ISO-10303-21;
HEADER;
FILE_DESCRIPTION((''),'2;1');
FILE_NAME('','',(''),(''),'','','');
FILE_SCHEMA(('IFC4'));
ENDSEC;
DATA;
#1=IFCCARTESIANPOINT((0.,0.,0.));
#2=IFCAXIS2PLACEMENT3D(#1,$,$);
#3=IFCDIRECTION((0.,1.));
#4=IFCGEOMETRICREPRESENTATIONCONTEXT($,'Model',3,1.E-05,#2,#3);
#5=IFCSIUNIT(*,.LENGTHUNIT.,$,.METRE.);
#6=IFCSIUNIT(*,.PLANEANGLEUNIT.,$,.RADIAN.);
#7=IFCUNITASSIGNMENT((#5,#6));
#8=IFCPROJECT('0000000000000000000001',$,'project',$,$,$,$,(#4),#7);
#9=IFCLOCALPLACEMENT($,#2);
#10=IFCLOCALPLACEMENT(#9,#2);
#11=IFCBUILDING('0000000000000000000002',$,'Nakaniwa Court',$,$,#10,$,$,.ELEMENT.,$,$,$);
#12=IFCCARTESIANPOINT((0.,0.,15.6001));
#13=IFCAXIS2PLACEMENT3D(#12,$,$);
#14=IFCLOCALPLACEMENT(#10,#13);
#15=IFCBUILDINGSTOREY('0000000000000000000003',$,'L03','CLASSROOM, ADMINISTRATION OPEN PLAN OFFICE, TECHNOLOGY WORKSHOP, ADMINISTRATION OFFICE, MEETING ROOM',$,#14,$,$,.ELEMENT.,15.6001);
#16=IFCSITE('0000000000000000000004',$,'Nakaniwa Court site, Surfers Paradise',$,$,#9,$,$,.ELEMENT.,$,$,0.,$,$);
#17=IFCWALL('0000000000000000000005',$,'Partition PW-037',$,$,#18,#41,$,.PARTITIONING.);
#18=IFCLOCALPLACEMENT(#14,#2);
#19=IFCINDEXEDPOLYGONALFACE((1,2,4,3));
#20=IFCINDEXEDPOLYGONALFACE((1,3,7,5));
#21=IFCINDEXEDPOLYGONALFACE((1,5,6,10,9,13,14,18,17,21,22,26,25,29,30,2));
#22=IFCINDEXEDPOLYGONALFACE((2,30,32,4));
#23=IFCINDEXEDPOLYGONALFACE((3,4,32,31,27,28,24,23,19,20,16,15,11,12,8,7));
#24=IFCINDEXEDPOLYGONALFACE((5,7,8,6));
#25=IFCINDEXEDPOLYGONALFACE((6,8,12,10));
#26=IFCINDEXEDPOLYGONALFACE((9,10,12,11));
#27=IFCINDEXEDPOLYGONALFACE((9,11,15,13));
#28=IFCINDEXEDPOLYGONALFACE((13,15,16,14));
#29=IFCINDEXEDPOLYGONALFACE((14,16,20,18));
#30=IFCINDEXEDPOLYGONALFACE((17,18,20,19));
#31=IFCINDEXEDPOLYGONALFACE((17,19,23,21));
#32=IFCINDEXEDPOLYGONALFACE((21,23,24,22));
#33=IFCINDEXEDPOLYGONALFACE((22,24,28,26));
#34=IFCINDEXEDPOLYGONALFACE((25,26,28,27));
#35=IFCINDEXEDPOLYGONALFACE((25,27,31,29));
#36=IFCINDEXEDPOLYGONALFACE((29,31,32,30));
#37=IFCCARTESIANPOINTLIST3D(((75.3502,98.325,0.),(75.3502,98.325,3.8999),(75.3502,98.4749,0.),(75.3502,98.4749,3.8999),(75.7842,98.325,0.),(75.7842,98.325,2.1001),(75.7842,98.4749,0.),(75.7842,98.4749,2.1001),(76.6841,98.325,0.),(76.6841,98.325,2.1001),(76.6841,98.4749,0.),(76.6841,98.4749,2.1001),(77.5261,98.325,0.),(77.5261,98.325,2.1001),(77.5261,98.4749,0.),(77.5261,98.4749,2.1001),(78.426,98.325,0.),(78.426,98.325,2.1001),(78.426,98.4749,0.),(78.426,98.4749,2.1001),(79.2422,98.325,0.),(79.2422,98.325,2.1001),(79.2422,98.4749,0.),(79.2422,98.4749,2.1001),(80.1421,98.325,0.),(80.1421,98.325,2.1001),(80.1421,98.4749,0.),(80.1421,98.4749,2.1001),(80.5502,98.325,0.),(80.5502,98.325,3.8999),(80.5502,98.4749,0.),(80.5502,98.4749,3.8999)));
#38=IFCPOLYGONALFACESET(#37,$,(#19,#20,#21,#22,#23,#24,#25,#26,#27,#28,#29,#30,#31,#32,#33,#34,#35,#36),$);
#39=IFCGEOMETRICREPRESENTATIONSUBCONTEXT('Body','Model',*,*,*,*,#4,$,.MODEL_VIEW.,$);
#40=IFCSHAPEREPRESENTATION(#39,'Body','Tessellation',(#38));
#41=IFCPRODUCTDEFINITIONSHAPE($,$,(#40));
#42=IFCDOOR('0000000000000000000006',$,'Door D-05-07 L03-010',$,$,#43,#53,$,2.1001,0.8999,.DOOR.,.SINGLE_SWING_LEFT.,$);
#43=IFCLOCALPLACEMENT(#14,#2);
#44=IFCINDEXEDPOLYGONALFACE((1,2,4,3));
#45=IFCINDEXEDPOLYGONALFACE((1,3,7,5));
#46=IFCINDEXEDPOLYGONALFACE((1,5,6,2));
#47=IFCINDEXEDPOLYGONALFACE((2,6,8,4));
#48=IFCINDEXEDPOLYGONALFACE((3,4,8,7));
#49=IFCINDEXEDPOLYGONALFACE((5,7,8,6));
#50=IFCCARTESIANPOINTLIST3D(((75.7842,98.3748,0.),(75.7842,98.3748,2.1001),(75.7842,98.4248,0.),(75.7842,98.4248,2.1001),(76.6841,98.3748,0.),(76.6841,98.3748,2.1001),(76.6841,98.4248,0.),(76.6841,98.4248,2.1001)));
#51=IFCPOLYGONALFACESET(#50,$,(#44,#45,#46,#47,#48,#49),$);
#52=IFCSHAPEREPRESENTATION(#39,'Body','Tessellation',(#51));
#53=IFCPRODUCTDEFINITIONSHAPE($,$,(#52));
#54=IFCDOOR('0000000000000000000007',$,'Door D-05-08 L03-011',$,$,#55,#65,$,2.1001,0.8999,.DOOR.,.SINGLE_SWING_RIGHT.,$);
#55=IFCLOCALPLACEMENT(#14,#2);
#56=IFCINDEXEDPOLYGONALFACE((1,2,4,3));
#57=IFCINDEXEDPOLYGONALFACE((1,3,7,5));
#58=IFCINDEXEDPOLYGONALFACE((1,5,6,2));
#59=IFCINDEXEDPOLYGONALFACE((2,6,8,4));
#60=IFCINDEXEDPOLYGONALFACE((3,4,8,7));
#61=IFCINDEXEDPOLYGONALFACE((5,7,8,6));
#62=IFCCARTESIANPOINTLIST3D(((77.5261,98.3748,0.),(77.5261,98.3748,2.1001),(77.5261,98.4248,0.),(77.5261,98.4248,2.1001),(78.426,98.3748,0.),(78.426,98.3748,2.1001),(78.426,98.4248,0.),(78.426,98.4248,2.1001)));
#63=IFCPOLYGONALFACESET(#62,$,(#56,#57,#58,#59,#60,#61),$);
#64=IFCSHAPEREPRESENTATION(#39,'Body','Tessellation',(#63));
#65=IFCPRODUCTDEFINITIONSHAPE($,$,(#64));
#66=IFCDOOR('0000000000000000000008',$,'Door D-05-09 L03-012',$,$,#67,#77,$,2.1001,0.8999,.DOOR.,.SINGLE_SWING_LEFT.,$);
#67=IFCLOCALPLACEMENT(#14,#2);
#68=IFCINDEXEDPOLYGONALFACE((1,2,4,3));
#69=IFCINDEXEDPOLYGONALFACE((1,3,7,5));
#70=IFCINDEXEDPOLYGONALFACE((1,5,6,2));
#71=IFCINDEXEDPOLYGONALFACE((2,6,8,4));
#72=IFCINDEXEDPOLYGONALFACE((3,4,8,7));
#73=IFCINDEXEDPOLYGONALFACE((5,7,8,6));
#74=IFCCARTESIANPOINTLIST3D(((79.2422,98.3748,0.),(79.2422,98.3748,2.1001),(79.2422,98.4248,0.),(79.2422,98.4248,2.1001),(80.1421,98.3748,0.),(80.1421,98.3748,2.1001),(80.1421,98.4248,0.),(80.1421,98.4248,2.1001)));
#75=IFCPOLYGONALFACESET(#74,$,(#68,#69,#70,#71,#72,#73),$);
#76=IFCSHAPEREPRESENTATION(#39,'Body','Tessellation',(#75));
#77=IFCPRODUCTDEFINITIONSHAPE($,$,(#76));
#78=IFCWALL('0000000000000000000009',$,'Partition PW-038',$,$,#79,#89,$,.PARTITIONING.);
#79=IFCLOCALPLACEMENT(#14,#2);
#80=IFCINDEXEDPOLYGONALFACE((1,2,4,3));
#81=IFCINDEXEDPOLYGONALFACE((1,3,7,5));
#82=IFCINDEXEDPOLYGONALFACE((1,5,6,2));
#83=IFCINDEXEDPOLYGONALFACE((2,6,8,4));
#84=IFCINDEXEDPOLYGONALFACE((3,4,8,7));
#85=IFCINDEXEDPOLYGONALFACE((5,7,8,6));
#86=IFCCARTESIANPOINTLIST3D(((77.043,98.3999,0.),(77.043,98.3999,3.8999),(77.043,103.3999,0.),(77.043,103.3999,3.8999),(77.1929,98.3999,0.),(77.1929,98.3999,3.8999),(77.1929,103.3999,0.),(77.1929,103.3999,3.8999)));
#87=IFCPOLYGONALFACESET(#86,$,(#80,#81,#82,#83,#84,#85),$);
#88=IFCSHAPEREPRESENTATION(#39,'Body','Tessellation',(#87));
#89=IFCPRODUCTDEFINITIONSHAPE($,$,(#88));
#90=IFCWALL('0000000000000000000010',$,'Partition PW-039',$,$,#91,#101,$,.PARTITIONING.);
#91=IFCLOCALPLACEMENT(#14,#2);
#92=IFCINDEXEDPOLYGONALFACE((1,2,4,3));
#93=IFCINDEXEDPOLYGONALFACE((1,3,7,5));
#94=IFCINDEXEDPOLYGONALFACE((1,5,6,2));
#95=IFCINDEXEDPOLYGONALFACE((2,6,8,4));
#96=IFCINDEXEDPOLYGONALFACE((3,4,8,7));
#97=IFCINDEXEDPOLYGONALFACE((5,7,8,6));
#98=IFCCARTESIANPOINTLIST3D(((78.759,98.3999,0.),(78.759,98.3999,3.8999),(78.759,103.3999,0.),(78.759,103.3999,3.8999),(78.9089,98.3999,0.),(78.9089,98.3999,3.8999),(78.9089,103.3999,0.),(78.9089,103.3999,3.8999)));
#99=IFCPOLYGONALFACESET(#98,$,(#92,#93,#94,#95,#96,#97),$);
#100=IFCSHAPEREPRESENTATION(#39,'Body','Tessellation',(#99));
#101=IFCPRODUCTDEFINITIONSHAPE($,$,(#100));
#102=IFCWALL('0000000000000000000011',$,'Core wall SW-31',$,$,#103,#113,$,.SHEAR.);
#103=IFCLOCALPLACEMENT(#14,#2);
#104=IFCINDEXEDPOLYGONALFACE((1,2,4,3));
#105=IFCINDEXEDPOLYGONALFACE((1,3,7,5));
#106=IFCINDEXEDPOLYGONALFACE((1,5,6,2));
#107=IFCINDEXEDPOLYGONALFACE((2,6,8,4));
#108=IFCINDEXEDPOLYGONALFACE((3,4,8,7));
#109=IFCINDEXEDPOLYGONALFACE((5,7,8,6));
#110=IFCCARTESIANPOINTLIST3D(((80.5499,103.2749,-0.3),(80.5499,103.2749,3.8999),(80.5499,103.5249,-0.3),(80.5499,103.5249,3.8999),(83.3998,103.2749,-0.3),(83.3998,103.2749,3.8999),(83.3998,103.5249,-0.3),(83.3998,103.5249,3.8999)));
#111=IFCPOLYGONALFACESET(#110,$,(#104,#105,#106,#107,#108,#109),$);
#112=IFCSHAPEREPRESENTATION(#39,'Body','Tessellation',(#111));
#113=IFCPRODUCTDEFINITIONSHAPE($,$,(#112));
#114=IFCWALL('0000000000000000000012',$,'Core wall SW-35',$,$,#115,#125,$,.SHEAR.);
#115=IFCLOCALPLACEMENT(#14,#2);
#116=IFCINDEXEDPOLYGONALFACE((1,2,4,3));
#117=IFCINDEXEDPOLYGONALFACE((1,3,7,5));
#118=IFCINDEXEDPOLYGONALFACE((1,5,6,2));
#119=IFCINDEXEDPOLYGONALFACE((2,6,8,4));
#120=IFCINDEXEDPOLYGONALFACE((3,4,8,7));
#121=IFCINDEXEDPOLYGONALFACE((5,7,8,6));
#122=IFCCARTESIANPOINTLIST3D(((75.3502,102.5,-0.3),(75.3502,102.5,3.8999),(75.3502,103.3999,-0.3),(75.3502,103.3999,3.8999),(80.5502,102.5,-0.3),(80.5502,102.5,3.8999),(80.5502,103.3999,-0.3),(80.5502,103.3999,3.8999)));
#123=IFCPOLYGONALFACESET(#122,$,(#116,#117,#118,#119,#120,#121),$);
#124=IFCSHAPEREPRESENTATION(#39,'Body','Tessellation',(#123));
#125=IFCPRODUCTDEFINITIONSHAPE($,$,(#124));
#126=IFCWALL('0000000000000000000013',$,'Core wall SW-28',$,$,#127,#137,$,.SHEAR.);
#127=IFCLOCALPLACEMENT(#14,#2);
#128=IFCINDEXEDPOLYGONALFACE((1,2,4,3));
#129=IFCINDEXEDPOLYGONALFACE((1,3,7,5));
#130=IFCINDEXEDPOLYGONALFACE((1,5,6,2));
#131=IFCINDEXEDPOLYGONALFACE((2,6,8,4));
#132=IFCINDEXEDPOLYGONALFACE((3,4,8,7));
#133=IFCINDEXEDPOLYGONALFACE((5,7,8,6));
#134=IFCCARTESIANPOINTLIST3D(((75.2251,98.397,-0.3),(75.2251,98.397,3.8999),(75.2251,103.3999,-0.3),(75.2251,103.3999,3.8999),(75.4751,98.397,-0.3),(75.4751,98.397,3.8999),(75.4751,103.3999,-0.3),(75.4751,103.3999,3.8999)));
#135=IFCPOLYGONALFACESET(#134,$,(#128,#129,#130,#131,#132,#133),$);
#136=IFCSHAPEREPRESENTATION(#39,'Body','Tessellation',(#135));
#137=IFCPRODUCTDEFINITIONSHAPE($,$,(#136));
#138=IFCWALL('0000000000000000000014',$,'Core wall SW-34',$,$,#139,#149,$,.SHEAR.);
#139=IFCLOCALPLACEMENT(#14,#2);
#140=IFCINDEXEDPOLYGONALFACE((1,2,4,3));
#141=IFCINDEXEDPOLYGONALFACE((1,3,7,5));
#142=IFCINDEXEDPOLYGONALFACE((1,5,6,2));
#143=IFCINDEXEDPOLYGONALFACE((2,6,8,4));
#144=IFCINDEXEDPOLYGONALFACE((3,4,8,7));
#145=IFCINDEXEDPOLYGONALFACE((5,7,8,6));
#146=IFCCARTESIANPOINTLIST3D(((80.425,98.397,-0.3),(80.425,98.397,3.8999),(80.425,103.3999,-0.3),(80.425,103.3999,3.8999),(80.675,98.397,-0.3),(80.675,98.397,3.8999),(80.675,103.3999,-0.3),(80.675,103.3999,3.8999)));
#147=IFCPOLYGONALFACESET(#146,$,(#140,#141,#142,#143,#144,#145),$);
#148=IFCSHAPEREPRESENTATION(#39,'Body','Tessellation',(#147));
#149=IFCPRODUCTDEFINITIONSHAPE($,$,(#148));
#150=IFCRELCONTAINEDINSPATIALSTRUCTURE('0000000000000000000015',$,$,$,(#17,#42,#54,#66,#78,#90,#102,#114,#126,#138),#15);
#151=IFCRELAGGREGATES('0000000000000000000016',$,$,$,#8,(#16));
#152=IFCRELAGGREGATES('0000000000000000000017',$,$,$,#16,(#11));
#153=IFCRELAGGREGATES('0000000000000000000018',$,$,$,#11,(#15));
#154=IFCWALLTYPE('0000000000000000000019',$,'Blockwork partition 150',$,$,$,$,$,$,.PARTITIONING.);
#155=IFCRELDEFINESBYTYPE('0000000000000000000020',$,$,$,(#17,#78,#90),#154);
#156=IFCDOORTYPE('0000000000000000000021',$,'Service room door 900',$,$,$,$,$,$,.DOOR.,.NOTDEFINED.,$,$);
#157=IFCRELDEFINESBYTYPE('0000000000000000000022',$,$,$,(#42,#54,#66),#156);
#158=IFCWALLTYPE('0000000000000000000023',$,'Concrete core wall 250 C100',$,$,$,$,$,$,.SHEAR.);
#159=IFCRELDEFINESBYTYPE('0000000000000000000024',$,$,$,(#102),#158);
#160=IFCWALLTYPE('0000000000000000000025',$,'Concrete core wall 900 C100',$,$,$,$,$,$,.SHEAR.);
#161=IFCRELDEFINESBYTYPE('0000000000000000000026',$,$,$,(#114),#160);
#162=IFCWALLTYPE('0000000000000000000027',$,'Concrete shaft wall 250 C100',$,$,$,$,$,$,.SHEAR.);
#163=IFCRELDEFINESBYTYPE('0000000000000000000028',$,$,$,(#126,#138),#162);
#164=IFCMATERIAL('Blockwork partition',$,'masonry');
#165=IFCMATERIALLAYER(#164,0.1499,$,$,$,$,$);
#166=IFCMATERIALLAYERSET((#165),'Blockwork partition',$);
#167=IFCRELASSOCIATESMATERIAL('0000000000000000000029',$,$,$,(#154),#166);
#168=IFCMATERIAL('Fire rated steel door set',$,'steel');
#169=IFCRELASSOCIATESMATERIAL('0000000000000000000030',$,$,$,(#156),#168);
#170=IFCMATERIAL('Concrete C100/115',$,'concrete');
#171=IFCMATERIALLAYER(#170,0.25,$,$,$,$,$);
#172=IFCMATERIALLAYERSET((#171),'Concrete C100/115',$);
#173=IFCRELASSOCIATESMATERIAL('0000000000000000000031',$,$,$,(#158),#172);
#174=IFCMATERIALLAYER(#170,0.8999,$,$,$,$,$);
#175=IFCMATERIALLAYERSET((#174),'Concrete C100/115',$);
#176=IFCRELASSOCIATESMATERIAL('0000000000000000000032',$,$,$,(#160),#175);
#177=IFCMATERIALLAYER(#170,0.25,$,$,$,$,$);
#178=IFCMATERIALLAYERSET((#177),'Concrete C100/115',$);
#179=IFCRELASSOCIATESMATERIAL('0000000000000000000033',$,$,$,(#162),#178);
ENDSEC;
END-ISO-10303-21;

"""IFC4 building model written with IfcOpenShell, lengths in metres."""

from ifc_helpers import new_model, si_unit, direction, frame, frame_2d, origin, place, context, subcontext, project, spatial, rectangle, extrude, material, layer, layer_set, type_object, element, fill, save


model = new_model("IFC4")

# Units and contexts
model_context = context("Model", 3, precision=1e-05, world=origin(), true_north=direction((0.0, 1.0)))
body_context = subcontext(model_context, "Body", "Model", "MODEL_VIEW")
ifc_project = project(units=[si_unit("LENGTHUNIT", "METRE"), si_unit("PLANEANGLEUNIT", "RADIAN")], contexts=[model_context])

# Site, building, storey
site_placement = place(None, origin())
site = spatial("IfcSite", under=ifc_project, at=site_placement, Name="Nakaniwa Court site, Surfers Paradise", CompositionType="ELEMENT", RefElevation=0.0)
building_placement = place(site_placement, origin())
building = spatial("IfcBuilding", under=site, at=building_placement, Name="Nakaniwa Court", CompositionType="ELEMENT")
storey_placement = place(building_placement, frame((0.0, 0.0, 15.6001)))
storey = spatial("IfcBuildingStorey", under=building, at=storey_placement, Name="L03", Description="CLASSROOM, ADMINISTRATION OPEN PLAN OFFICE, TECHNOLOGY WORKSHOP, ADMINISTRATION OFFICE, MEETING ROOM", CompositionType="ELEMENT", Elevation=15.6001)

# Shared definitions
ifc_material_1 = material(Name="Concrete C100/115", Category="concrete")

# Wall, openings, doors
ifc_material_2 = material(Name="Blockwork partition", Category="masonry")
ifc_layer_1 = layer(ifc_material_2, 0.1499)
ifc_layer_set_1 = layer_set([ifc_layer_1], Name="Blockwork partition")
wall_type_1 = type_object("IfcWallType", Name="Blockwork partition 150", PredefinedType="PARTITIONING", material=ifc_layer_set_1)
wall_1_placement = place(storey_placement, frame((75.3501, 98.3999, 0.0), z_axis=(0.0, 0.0, 1.0), x_axis=(1.0, 0.0, 0.0)))
wall_1 = element("IfcWall", 1, at=wall_1_placement, inside=storey, type_object=wall_type_1, Name="Partition PW-037", PredefinedType="PARTITIONING", context=body_context, shape_type="SweptSolid", body=[
    extrude(rectangle(XDim=5.2, YDim=0.1499, at=frame_2d((2.6001, 0.0))), origin(), (0.0, 0.0, 1.0), 3.8999),
])
opening_1_placement = place(wall_1_placement, frame((0.4341, 0.0, 0.0)))
opening_1 = element("IfcOpeningElement", 2, at=opening_1_placement, cuts=wall_1, PredefinedType="OPENING", context=body_context, shape_type="SweptSolid", body=[
    extrude(rectangle(XDim=0.8999, YDim=2.1001, at=frame_2d((0.45, 1.05))), frame((0.0, 0.085, 0.0), z_axis=(0.0, -1.0, 0.0), x_axis=(1.0, 0.0, 0.0)), (0.0, 0.0, 1.0), 0.1699),
])
opening_2_placement = place(wall_1_placement, frame((2.176, 0.0, 0.0)))
opening_2 = element("IfcOpeningElement", 3, at=opening_2_placement, cuts=wall_1, PredefinedType="OPENING", context=body_context, shape_type="SweptSolid", body=[
    extrude(rectangle(XDim=0.8999, YDim=2.1001, at=frame_2d((0.45, 1.05))), frame((0.0, 0.085, 0.0), z_axis=(0.0, -1.0, 0.0), x_axis=(1.0, 0.0, 0.0)), (0.0, 0.0, 1.0), 0.1699),
])
opening_3_placement = place(wall_1_placement, frame((3.8921, 0.0, 0.0)))
opening_3 = element("IfcOpeningElement", 4, at=opening_3_placement, cuts=wall_1, PredefinedType="OPENING", context=body_context, shape_type="SweptSolid", body=[
    extrude(rectangle(XDim=0.8999, YDim=2.1001, at=frame_2d((0.45, 1.05))), frame((0.0, 0.085, 0.0), z_axis=(0.0, -1.0, 0.0), x_axis=(1.0, 0.0, 0.0)), (0.0, 0.0, 1.0), 0.1699),
])
ifc_material_3 = material(Name="Fire rated steel door set", Category="steel")
door_type = type_object("IfcDoorType", Name="Service room door 900", OperationType="NOTDEFINED", PredefinedType="DOOR", material=ifc_material_3)
door_1_placement = place(opening_1_placement, origin())
door_1 = element("IfcDoor", 5, at=door_1_placement, inside=storey, type_object=door_type, Name="Door D-05-07 L03-010", OperationType="SINGLE_SWING_LEFT", OverallHeight=2.1001, OverallWidth=0.8999, PredefinedType="DOOR", context=body_context, shape_type="SweptSolid", body=[
    extrude(rectangle(XDim=0.8999, YDim=2.1001, at=frame_2d((0.45, 1.05))), frame((0.0, 0.0249, 0.0), z_axis=(0.0, -1.0, 0.0), x_axis=(1.0, 0.0, 0.0)), (0.0, 0.0, 1.0), 0.05),
])
fill(opening_1, door_1)
door_2_placement = place(opening_2_placement, origin())
door_2 = element("IfcDoor", 6, at=door_2_placement, inside=storey, type_object=door_type, Name="Door D-05-08 L03-011", OperationType="SINGLE_SWING_RIGHT", OverallHeight=2.1001, OverallWidth=0.8999, PredefinedType="DOOR", context=body_context, shape_type="SweptSolid", body=[
    extrude(rectangle(XDim=0.8999, YDim=2.1001, at=frame_2d((0.45, 1.05))), frame((0.0, 0.0249, 0.0), z_axis=(0.0, -1.0, 0.0), x_axis=(1.0, 0.0, 0.0)), (0.0, 0.0, 1.0), 0.05),
])
fill(opening_2, door_2)
door_3_placement = place(opening_3_placement, origin())
door_3 = element("IfcDoor", 7, at=door_3_placement, inside=storey, type_object=door_type, Name="Door D-05-09 L03-012", OperationType="SINGLE_SWING_LEFT", OverallHeight=2.1001, OverallWidth=0.8999, PredefinedType="DOOR", context=body_context, shape_type="SweptSolid", body=[
    extrude(rectangle(XDim=0.8999, YDim=2.1001, at=frame_2d((0.45, 1.05))), frame((0.0, 0.0249, 0.0), z_axis=(0.0, -1.0, 0.0), x_axis=(1.0, 0.0, 0.0)), (0.0, 0.0, 1.0), 0.05),
])
fill(opening_3, door_3)

# Walls
for number, where, z_axis, x_axis, name in (
    (8, (77.1179, 98.3999, 0.0), (0.0, 0.0, 1.0), (0.0, 1.0, 0.0), "Partition PW-038"),
    (9, (78.834, 98.3999, 0.0), (0.0, 0.0, 1.0), (0.0, 1.0, 0.0), "Partition PW-039"),
):
    element("IfcWall", number, at=place(storey_placement, frame(where, z_axis=z_axis, x_axis=x_axis)), inside=storey, type_object=wall_type_1, Name=name, PredefinedType="PARTITIONING", context=body_context, shape_type="SweptSolid", body=[
        extrude(rectangle(XDim=5.0, YDim=0.1499, at=frame_2d((2.5, 0.0))), origin(), (0.0, 0.0, 1.0), 3.8999),
    ])
ifc_layer_2 = layer(ifc_material_1, 0.25)
ifc_layer_set_2 = layer_set([ifc_layer_2], Name="Concrete C100/115")
wall_type_2 = type_object("IfcWallType", Name="Concrete core wall 250 C100", PredefinedType="SHEAR", material=ifc_layer_set_2)
wall_2_placement = place(storey_placement, frame((80.55, 103.3999, -0.3), z_axis=(0.0, 0.0, 1.0), x_axis=(1.0, 0.0, 0.0)))
element("IfcWall", 10, at=wall_2_placement, inside=storey, type_object=wall_type_2, Name="Core wall SW-31", PredefinedType="SHEAR", context=body_context, shape_type="SweptSolid", body=[
    extrude(rectangle(XDim=2.8499, YDim=0.25, at=frame_2d((1.4248, 0.0))), origin(), (0.0, 0.0, 1.0), 4.2),
])
ifc_layer_3 = layer(ifc_material_1, 0.8999)
ifc_layer_set_3 = layer_set([ifc_layer_3], Name="Concrete C100/115")
wall_type_3 = type_object("IfcWallType", Name="Concrete core wall 900 C100", PredefinedType="SHEAR", material=ifc_layer_set_3)
wall_3_placement = place(storey_placement, frame((75.3501, 102.95, -0.3), z_axis=(0.0, 0.0, 1.0), x_axis=(1.0, 0.0, 0.0)))
element("IfcWall", 11, at=wall_3_placement, inside=storey, type_object=wall_type_3, Name="Core wall SW-35", PredefinedType="SHEAR", context=body_context, shape_type="SweptSolid", body=[
    extrude(rectangle(XDim=5.2, YDim=0.8999, at=frame_2d((2.6001, 0.0))), origin(), (0.0, 0.0, 1.0), 4.2),
])
ifc_layer_4 = layer(ifc_material_1, 0.25)
ifc_layer_set_4 = layer_set([ifc_layer_4], Name="Concrete C100/115")
wall_type_4 = type_object("IfcWallType", Name="Concrete shaft wall 250 C100", PredefinedType="SHEAR", material=ifc_layer_set_4)
for number, where, z_axis, x_axis, name in (
    (12, (75.3501, 98.397, -0.3), (0.0, 0.0, 1.0), (0.0, 1.0, 0.0), "Core wall SW-28"),
    (13, (80.55, 98.397, -0.3), (0.0, 0.0, 1.0), (0.0, 1.0, 0.0), "Core wall SW-34"),
):
    element("IfcWall", number, at=place(storey_placement, frame(where, z_axis=z_axis, x_axis=x_axis)), inside=storey, type_object=wall_type_4, Name=name, PredefinedType="SHEAR", context=body_context, shape_type="SweptSolid", body=[
        extrude(rectangle(XDim=5.0029, YDim=0.25, at=frame_2d((2.5015, 0.0))), origin(), (0.0, 0.0, 1.0), 4.2),
    ])

save(model, "model.ifc")
